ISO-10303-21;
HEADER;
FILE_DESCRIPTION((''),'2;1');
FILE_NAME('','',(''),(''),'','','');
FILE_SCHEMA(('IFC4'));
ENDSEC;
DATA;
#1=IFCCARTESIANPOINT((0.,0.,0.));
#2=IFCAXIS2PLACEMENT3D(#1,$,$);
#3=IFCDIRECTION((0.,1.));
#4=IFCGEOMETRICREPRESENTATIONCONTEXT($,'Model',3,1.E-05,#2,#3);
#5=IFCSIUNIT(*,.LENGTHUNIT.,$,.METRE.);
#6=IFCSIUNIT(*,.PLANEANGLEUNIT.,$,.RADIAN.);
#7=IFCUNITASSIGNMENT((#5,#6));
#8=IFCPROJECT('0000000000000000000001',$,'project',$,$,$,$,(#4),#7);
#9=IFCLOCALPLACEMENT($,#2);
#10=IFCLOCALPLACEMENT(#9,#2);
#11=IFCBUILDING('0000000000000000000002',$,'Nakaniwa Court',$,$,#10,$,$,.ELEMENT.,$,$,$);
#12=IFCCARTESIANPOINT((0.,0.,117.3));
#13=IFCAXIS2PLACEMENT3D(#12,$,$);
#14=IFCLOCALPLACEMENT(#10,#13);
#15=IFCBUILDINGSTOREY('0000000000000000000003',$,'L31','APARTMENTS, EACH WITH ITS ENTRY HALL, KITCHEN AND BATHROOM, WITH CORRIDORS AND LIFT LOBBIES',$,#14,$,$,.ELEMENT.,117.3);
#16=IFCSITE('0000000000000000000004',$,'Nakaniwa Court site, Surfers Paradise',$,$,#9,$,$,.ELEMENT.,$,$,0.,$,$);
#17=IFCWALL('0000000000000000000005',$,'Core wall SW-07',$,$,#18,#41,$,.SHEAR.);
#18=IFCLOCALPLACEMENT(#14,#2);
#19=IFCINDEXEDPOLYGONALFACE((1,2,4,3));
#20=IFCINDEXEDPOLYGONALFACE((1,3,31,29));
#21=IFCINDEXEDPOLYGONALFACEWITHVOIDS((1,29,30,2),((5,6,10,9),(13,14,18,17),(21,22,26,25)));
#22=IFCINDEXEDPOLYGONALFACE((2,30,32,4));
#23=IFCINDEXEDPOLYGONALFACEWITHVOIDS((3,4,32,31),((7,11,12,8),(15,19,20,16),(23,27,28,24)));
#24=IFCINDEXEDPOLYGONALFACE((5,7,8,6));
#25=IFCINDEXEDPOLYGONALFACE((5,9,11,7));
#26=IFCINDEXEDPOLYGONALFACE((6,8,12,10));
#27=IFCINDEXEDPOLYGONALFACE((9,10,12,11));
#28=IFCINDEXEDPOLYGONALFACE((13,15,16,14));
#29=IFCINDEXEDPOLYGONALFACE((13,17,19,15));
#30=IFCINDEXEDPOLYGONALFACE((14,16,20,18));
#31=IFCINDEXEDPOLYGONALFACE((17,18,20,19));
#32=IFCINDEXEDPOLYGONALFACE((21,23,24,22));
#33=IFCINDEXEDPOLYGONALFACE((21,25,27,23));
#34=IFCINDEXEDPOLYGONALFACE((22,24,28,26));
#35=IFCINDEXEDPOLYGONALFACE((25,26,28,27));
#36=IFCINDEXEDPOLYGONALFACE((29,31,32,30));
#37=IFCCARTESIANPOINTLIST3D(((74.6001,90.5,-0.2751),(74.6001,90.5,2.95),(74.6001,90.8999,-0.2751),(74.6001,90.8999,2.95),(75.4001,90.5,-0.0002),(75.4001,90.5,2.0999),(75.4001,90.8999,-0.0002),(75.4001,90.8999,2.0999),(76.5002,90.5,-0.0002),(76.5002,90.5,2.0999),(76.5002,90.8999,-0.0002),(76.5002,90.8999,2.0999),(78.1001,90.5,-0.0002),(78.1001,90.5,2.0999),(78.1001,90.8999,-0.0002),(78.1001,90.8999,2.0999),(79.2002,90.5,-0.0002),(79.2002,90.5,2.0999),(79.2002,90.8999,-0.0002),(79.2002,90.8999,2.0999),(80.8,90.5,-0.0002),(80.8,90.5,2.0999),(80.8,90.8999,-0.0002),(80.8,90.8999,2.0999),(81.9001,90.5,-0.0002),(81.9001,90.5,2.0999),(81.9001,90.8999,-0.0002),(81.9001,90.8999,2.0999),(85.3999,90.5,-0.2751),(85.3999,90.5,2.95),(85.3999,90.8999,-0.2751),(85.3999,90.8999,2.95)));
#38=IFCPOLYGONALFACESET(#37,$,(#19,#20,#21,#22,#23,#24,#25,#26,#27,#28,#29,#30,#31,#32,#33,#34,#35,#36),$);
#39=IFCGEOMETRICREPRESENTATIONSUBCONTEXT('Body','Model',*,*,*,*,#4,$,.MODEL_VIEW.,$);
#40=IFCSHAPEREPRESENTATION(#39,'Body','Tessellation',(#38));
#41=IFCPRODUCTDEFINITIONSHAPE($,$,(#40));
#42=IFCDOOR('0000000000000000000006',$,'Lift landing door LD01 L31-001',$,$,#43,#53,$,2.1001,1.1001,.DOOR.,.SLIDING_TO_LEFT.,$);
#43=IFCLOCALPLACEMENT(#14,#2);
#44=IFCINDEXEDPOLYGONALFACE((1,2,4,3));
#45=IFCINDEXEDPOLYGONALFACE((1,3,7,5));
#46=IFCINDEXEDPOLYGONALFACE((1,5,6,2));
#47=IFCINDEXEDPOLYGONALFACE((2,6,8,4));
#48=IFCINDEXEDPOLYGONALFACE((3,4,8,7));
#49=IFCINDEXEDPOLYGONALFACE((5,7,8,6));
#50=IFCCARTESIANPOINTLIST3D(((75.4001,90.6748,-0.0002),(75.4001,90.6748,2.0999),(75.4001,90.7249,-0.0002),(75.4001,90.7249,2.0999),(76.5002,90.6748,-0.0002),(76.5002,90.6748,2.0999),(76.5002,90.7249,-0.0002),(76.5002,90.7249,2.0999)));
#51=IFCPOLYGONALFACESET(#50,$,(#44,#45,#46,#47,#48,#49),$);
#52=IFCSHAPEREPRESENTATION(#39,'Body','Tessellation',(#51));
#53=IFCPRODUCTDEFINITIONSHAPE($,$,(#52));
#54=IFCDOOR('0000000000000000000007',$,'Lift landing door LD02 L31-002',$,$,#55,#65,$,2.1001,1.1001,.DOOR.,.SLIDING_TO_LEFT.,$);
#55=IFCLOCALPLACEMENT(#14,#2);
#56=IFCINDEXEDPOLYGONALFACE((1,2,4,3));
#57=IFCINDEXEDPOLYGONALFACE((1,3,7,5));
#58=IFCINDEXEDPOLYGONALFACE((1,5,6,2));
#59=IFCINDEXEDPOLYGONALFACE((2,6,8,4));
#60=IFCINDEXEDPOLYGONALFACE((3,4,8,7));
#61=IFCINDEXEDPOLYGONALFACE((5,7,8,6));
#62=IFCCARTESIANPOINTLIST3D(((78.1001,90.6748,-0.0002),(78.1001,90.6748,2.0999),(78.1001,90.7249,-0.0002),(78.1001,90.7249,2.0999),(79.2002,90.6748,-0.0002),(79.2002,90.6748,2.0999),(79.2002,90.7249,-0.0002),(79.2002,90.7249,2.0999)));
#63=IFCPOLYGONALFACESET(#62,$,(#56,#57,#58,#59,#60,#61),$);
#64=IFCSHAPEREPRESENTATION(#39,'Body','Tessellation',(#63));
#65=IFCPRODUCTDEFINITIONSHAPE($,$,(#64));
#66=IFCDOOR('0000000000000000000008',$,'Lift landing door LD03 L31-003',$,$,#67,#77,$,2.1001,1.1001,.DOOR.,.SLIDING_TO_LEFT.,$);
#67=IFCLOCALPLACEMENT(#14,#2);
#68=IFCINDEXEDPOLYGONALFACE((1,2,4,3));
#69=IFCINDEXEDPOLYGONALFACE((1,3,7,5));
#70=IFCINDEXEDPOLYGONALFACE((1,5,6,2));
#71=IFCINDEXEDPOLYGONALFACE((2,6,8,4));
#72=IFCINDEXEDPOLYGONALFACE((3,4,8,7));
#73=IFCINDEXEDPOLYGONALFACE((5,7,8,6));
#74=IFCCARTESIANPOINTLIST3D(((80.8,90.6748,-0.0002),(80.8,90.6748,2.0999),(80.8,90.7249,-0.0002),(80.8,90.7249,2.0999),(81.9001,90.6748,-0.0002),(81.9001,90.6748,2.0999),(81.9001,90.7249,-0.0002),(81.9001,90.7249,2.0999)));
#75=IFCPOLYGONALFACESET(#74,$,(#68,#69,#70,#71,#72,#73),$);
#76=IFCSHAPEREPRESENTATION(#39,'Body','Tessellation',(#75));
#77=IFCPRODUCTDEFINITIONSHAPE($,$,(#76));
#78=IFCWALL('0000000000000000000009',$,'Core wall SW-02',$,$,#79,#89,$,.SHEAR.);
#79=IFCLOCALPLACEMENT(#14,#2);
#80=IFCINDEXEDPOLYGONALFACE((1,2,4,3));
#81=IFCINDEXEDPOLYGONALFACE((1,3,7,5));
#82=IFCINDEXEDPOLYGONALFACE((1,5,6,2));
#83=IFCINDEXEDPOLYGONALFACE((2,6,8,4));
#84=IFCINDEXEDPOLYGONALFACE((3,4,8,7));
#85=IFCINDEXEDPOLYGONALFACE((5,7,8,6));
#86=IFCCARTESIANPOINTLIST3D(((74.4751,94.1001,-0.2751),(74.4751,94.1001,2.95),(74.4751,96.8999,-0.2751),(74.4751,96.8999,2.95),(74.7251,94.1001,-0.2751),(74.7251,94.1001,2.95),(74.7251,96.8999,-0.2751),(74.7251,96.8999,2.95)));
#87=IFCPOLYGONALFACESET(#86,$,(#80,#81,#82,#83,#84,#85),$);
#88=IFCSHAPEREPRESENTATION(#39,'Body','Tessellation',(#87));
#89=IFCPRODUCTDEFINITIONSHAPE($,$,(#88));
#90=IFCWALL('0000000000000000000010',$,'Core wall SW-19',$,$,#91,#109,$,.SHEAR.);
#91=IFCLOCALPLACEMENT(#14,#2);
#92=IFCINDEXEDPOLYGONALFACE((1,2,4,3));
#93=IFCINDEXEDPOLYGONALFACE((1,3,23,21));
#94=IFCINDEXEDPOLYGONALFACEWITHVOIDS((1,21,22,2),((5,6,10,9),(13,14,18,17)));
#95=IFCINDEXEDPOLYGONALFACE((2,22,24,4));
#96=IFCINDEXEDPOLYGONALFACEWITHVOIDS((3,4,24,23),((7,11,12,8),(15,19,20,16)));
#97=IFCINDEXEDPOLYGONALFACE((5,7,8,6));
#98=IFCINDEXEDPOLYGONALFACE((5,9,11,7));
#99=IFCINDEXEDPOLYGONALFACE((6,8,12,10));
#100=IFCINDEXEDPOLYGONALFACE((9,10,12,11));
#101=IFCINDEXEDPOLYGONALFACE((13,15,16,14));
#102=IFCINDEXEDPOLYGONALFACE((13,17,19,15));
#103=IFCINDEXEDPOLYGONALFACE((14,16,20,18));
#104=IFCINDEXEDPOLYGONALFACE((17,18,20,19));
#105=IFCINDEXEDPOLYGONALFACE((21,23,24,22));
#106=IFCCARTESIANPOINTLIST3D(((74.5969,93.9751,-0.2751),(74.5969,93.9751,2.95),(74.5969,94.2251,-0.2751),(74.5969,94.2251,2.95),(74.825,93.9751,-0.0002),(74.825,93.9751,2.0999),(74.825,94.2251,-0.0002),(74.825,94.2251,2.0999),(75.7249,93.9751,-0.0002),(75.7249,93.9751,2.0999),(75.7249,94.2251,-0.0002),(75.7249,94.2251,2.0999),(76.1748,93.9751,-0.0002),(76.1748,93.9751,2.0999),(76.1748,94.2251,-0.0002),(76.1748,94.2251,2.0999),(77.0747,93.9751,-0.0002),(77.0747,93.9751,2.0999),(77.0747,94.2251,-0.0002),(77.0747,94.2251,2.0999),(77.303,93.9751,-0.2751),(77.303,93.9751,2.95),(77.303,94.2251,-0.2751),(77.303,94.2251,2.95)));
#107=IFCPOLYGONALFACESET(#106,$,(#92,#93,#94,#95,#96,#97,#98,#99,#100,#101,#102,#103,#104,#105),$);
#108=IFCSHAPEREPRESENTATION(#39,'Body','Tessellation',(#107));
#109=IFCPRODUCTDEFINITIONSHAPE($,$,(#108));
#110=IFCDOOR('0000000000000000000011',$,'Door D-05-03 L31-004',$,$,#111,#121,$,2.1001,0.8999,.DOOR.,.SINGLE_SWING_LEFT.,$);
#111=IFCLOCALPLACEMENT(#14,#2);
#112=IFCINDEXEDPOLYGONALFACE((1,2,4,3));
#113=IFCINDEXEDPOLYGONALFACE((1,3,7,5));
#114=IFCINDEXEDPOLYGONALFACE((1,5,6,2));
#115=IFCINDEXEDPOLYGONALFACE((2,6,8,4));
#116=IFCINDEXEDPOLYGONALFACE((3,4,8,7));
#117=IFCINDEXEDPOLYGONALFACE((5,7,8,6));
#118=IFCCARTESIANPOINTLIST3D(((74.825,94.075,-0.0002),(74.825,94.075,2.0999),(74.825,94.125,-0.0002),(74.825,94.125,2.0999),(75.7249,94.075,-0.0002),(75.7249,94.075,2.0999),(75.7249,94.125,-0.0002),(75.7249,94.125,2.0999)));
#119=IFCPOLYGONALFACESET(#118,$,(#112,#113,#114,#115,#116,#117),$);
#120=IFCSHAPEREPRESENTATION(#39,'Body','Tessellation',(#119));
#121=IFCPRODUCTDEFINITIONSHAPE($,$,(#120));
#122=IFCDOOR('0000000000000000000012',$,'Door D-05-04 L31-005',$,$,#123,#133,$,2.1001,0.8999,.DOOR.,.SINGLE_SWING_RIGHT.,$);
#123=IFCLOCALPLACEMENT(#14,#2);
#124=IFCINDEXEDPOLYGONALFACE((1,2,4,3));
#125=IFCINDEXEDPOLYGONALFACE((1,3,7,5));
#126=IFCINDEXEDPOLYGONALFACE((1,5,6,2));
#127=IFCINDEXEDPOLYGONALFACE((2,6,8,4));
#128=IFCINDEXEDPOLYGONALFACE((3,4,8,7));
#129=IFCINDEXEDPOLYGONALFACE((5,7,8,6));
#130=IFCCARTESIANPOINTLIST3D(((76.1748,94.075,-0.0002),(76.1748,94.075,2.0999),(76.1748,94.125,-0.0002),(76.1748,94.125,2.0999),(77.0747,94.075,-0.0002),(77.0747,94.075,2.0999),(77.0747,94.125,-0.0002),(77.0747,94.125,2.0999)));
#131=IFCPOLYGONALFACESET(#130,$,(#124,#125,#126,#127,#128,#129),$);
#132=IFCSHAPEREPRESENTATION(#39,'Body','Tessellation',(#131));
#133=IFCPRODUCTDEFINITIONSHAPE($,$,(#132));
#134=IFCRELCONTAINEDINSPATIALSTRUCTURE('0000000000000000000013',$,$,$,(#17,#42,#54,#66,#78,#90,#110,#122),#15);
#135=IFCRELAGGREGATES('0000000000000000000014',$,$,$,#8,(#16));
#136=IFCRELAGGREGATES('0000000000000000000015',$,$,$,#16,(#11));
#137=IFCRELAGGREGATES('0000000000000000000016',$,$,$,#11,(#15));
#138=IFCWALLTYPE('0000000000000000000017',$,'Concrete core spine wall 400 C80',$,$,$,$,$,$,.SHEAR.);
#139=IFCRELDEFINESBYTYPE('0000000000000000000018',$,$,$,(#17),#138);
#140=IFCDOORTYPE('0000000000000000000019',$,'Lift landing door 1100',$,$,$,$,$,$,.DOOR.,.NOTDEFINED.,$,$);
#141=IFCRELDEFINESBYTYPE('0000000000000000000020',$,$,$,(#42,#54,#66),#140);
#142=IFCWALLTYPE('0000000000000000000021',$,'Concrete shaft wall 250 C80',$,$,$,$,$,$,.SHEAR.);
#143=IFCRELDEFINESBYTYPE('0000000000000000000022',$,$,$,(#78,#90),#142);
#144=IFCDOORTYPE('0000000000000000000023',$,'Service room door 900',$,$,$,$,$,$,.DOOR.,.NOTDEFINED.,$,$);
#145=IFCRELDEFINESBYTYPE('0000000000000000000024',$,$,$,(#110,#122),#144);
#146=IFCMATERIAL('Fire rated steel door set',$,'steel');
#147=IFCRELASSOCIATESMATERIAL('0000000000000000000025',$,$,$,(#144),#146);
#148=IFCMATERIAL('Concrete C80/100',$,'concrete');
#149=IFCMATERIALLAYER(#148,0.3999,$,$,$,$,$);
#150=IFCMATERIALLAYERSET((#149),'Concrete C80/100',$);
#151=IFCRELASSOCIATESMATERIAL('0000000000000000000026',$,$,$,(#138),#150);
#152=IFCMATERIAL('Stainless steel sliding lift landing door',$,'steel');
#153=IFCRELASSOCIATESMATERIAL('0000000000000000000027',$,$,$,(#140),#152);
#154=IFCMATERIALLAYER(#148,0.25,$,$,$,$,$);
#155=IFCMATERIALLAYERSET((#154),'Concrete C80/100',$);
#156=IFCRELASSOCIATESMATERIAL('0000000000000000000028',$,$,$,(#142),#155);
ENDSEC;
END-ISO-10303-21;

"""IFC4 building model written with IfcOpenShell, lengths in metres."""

from ifc_helpers import new_model, si_unit, direction, frame, frame_2d, origin, place, context, subcontext, project, spatial, rectangle, extrude, material, layer, layer_set, type_object, element, fill, save


model = new_model("IFC4")

# Units and contexts
model_context = context("Model", 3, precision=1e-05, world=origin(), true_north=direction((0.0, 1.0)))
body_context = subcontext(model_context, "Body", "Model", "MODEL_VIEW")
ifc_project = project(units=[si_unit("LENGTHUNIT", "METRE"), si_unit("PLANEANGLEUNIT", "RADIAN")], contexts=[model_context])

# Site, building, storey
site_placement = place(None, origin())
site = spatial("IfcSite", under=ifc_project, at=site_placement, Name="Nakaniwa Court site, Surfers Paradise", CompositionType="ELEMENT", RefElevation=0.0)
building_placement = place(site_placement, origin())
building = spatial("IfcBuilding", under=site, at=building_placement, Name="Nakaniwa Court", CompositionType="ELEMENT")
storey_placement = place(building_placement, frame((0.0, 0.0, 117.3)))
storey = spatial("IfcBuildingStorey", under=building, at=storey_placement, Name="L31", Description="APARTMENTS, EACH WITH ITS ENTRY HALL, KITCHEN AND BATHROOM, WITH CORRIDORS AND LIFT LOBBIES", CompositionType="ELEMENT", Elevation=117.3)

# Shared definitions
ifc_material_1 = material(Name="Concrete C80/100", Category="concrete")

# Shared definitions
ifc_material_2 = material(Name="Fire rated steel door set", Category="steel")
door_type_1 = type_object("IfcDoorType", Name="Service room door 900", OperationType="NOTDEFINED", PredefinedType="DOOR", material=ifc_material_2)

# Wall, openings, doors
ifc_layer_1 = layer(ifc_material_1, 0.3999)
ifc_layer_set_1 = layer_set([ifc_layer_1], Name="Concrete C80/100")
wall_type_1 = type_object("IfcWallType", Name="Concrete core spine wall 400 C80", PredefinedType="SHEAR", material=ifc_layer_set_1)
wall_1_placement = place(storey_placement, frame((74.6001, 90.7, -0.2751), z_axis=(0.0, 0.0, 1.0), x_axis=(1.0, 0.0, 0.0)))
wall_1 = element("IfcWall", 1, at=wall_1_placement, inside=storey, type_object=wall_type_1, Name="Core wall SW-07", PredefinedType="SHEAR", context=body_context, shape_type="SweptSolid", body=[
    extrude(rectangle(XDim=10.7998, YDim=0.3999, at=frame_2d((5.3999, 0.0))), origin(), (0.0, 0.0, 1.0), 3.2251),
])
opening_1_placement = place(wall_1_placement, frame((0.8, 0.0, 0.2749)))
opening_1 = element("IfcOpeningElement", 2, at=opening_1_placement, cuts=wall_1, PredefinedType="OPENING", context=body_context, shape_type="SweptSolid", body=[
    extrude(rectangle(XDim=1.1001, YDim=2.1001, at=frame_2d((0.55, 1.05))), frame((0.0, 0.21, 0.0), z_axis=(0.0, -1.0, 0.0), x_axis=(1.0, 0.0, 0.0)), (0.0, 0.0, 1.0), 0.4199),
])
opening_2_placement = place(wall_1_placement, frame((3.5, 0.0, 0.2749)))
opening_2 = element("IfcOpeningElement", 3, at=opening_2_placement, cuts=wall_1, PredefinedType="OPENING", context=body_context, shape_type="SweptSolid", body=[
    extrude(rectangle(XDim=1.1001, YDim=2.1001, at=frame_2d((0.55, 1.05))), frame((0.0, 0.21, 0.0), z_axis=(0.0, -1.0, 0.0), x_axis=(1.0, 0.0, 0.0)), (0.0, 0.0, 1.0), 0.4199),
])
opening_3_placement = place(wall_1_placement, frame((6.2, 0.0, 0.2749)))
opening_3 = element("IfcOpeningElement", 4, at=opening_3_placement, cuts=wall_1, PredefinedType="OPENING", context=body_context, shape_type="SweptSolid", body=[
    extrude(rectangle(XDim=1.1001, YDim=2.1001, at=frame_2d((0.55, 1.05))), frame((0.0, 0.21, 0.0), z_axis=(0.0, -1.0, 0.0), x_axis=(1.0, 0.0, 0.0)), (0.0, 0.0, 1.0), 0.4199),
])
ifc_material_3 = material(Name="Stainless steel sliding lift landing door", Category="steel")
door_type_2 = type_object("IfcDoorType", Name="Lift landing door 1100", OperationType="NOTDEFINED", PredefinedType="DOOR", material=ifc_material_3)
door_1_placement = place(opening_1_placement, origin())
door_1 = element("IfcDoor", 5, at=door_1_placement, inside=storey, type_object=door_type_2, Name="Lift landing door LD01 L31-001", OperationType="SLIDING_TO_LEFT", OverallHeight=2.1001, OverallWidth=1.1001, PredefinedType="DOOR", context=body_context, shape_type="SweptSolid", body=[
    extrude(rectangle(XDim=1.1001, YDim=2.1001, at=frame_2d((0.55, 1.05))), frame((0.0, 0.0249, 0.0), z_axis=(0.0, -1.0, 0.0), x_axis=(1.0, 0.0, 0.0)), (0.0, 0.0, 1.0), 0.05),
])
fill(opening_1, door_1)
door_2_placement = place(opening_2_placement, origin())
door_2 = element("IfcDoor", 6, at=door_2_placement, inside=storey, type_object=door_type_2, Name="Lift landing door LD02 L31-002", OperationType="SLIDING_TO_LEFT", OverallHeight=2.1001, OverallWidth=1.1001, PredefinedType="DOOR", context=body_context, shape_type="SweptSolid", body=[
    extrude(rectangle(XDim=1.1001, YDim=2.1001, at=frame_2d((0.55, 1.05))), frame((0.0, 0.0249, 0.0), z_axis=(0.0, -1.0, 0.0), x_axis=(1.0, 0.0, 0.0)), (0.0, 0.0, 1.0), 0.05),
])
fill(opening_2, door_2)
door_3_placement = place(opening_3_placement, origin())
door_3 = element("IfcDoor", 7, at=door_3_placement, inside=storey, type_object=door_type_2, Name="Lift landing door LD03 L31-003", OperationType="SLIDING_TO_LEFT", OverallHeight=2.1001, OverallWidth=1.1001, PredefinedType="DOOR", context=body_context, shape_type="SweptSolid", body=[
    extrude(rectangle(XDim=1.1001, YDim=2.1001, at=frame_2d((0.55, 1.05))), frame((0.0, 0.0249, 0.0), z_axis=(0.0, -1.0, 0.0), x_axis=(1.0, 0.0, 0.0)), (0.0, 0.0, 1.0), 0.05),
])
fill(opening_3, door_3)

# Wall
ifc_layer_2 = layer(ifc_material_1, 0.25)
ifc_layer_set_2 = layer_set([ifc_layer_2], Name="Concrete C80/100")
wall_type_2 = type_object("IfcWallType", Name="Concrete shaft wall 250 C80", PredefinedType="SHEAR", material=ifc_layer_set_2)
wall_2_placement = place(storey_placement, frame((74.6001, 94.1001, -0.2751), z_axis=(0.0, 0.0, 1.0), x_axis=(0.0, 1.0, 0.0)))
element("IfcWall", 8, at=wall_2_placement, inside=storey, type_object=wall_type_2, Name="Core wall SW-02", PredefinedType="SHEAR", context=body_context, shape_type="SweptSolid", body=[
    extrude(rectangle(XDim=2.7998, YDim=0.25, at=frame_2d((1.3999, 0.0))), origin(), (0.0, 0.0, 1.0), 3.2251),
])

# Wall, openings, doors
wall_3_placement = place(storey_placement, frame((74.5969, 94.1001, -0.2751), z_axis=(0.0, 0.0, 1.0), x_axis=(1.0, 0.0, 0.0)))
wall_3 = element("IfcWall", 9, at=wall_3_placement, inside=storey, type_object=wall_type_2, Name="Core wall SW-19", PredefinedType="SHEAR", context=body_context, shape_type="SweptSolid", body=[
    extrude(rectangle(XDim=2.7061, YDim=0.25, at=frame_2d((1.353, 0.0))), origin(), (0.0, 0.0, 1.0), 3.2251),
])
opening_4_placement = place(wall_3_placement, frame((0.228, 0.0, 0.2749)))
opening_4 = element("IfcOpeningElement", 10, at=opening_4_placement, cuts=wall_3, PredefinedType="OPENING", context=body_context, shape_type="SweptSolid", body=[
    extrude(rectangle(XDim=0.8999, YDim=2.1001, at=frame_2d((0.45, 1.05))), frame((0.0, 0.135, 0.0), z_axis=(0.0, -1.0, 0.0), x_axis=(1.0, 0.0, 0.0)), (0.0, 0.0, 1.0), 0.27),
])
opening_5_placement = place(wall_3_placement, frame((1.5779, 0.0, 0.2749)))
opening_5 = element("IfcOpeningElement", 11, at=opening_5_placement, cuts=wall_3, PredefinedType="OPENING", context=body_context, shape_type="SweptSolid", body=[
    extrude(rectangle(XDim=0.8999, YDim=2.1001, at=frame_2d((0.45, 1.05))), frame((0.0, 0.135, 0.0), z_axis=(0.0, -1.0, 0.0), x_axis=(1.0, 0.0, 0.0)), (0.0, 0.0, 1.0), 0.27),
])
door_4_placement = place(opening_4_placement, origin())
door_4 = element("IfcDoor", 12, at=door_4_placement, inside=storey, type_object=door_type_1, Name="Door D-05-03 L31-004", OperationType="SINGLE_SWING_LEFT", OverallHeight=2.1001, OverallWidth=0.8999, PredefinedType="DOOR", context=body_context, shape_type="SweptSolid", body=[
    extrude(rectangle(XDim=0.8999, YDim=2.1001, at=frame_2d((0.45, 1.05))), frame((0.0, 0.0249, 0.0), z_axis=(0.0, -1.0, 0.0), x_axis=(1.0, 0.0, 0.0)), (0.0, 0.0, 1.0), 0.05),
])
fill(opening_4, door_4)
door_5_placement = place(opening_5_placement, origin())
door_5 = element("IfcDoor", 13, at=door_5_placement, inside=storey, type_object=door_type_1, Name="Door D-05-04 L31-005", OperationType="SINGLE_SWING_RIGHT", OverallHeight=2.1001, OverallWidth=0.8999, PredefinedType="DOOR", context=body_context, shape_type="SweptSolid", body=[
    extrude(rectangle(XDim=0.8999, YDim=2.1001, at=frame_2d((0.45, 1.05))), frame((0.0, 0.0249, 0.0), z_axis=(0.0, -1.0, 0.0), x_axis=(1.0, 0.0, 0.0)), (0.0, 0.0, 1.0), 0.05),
])
fill(opening_5, door_5)

save(model, "model.ifc")
